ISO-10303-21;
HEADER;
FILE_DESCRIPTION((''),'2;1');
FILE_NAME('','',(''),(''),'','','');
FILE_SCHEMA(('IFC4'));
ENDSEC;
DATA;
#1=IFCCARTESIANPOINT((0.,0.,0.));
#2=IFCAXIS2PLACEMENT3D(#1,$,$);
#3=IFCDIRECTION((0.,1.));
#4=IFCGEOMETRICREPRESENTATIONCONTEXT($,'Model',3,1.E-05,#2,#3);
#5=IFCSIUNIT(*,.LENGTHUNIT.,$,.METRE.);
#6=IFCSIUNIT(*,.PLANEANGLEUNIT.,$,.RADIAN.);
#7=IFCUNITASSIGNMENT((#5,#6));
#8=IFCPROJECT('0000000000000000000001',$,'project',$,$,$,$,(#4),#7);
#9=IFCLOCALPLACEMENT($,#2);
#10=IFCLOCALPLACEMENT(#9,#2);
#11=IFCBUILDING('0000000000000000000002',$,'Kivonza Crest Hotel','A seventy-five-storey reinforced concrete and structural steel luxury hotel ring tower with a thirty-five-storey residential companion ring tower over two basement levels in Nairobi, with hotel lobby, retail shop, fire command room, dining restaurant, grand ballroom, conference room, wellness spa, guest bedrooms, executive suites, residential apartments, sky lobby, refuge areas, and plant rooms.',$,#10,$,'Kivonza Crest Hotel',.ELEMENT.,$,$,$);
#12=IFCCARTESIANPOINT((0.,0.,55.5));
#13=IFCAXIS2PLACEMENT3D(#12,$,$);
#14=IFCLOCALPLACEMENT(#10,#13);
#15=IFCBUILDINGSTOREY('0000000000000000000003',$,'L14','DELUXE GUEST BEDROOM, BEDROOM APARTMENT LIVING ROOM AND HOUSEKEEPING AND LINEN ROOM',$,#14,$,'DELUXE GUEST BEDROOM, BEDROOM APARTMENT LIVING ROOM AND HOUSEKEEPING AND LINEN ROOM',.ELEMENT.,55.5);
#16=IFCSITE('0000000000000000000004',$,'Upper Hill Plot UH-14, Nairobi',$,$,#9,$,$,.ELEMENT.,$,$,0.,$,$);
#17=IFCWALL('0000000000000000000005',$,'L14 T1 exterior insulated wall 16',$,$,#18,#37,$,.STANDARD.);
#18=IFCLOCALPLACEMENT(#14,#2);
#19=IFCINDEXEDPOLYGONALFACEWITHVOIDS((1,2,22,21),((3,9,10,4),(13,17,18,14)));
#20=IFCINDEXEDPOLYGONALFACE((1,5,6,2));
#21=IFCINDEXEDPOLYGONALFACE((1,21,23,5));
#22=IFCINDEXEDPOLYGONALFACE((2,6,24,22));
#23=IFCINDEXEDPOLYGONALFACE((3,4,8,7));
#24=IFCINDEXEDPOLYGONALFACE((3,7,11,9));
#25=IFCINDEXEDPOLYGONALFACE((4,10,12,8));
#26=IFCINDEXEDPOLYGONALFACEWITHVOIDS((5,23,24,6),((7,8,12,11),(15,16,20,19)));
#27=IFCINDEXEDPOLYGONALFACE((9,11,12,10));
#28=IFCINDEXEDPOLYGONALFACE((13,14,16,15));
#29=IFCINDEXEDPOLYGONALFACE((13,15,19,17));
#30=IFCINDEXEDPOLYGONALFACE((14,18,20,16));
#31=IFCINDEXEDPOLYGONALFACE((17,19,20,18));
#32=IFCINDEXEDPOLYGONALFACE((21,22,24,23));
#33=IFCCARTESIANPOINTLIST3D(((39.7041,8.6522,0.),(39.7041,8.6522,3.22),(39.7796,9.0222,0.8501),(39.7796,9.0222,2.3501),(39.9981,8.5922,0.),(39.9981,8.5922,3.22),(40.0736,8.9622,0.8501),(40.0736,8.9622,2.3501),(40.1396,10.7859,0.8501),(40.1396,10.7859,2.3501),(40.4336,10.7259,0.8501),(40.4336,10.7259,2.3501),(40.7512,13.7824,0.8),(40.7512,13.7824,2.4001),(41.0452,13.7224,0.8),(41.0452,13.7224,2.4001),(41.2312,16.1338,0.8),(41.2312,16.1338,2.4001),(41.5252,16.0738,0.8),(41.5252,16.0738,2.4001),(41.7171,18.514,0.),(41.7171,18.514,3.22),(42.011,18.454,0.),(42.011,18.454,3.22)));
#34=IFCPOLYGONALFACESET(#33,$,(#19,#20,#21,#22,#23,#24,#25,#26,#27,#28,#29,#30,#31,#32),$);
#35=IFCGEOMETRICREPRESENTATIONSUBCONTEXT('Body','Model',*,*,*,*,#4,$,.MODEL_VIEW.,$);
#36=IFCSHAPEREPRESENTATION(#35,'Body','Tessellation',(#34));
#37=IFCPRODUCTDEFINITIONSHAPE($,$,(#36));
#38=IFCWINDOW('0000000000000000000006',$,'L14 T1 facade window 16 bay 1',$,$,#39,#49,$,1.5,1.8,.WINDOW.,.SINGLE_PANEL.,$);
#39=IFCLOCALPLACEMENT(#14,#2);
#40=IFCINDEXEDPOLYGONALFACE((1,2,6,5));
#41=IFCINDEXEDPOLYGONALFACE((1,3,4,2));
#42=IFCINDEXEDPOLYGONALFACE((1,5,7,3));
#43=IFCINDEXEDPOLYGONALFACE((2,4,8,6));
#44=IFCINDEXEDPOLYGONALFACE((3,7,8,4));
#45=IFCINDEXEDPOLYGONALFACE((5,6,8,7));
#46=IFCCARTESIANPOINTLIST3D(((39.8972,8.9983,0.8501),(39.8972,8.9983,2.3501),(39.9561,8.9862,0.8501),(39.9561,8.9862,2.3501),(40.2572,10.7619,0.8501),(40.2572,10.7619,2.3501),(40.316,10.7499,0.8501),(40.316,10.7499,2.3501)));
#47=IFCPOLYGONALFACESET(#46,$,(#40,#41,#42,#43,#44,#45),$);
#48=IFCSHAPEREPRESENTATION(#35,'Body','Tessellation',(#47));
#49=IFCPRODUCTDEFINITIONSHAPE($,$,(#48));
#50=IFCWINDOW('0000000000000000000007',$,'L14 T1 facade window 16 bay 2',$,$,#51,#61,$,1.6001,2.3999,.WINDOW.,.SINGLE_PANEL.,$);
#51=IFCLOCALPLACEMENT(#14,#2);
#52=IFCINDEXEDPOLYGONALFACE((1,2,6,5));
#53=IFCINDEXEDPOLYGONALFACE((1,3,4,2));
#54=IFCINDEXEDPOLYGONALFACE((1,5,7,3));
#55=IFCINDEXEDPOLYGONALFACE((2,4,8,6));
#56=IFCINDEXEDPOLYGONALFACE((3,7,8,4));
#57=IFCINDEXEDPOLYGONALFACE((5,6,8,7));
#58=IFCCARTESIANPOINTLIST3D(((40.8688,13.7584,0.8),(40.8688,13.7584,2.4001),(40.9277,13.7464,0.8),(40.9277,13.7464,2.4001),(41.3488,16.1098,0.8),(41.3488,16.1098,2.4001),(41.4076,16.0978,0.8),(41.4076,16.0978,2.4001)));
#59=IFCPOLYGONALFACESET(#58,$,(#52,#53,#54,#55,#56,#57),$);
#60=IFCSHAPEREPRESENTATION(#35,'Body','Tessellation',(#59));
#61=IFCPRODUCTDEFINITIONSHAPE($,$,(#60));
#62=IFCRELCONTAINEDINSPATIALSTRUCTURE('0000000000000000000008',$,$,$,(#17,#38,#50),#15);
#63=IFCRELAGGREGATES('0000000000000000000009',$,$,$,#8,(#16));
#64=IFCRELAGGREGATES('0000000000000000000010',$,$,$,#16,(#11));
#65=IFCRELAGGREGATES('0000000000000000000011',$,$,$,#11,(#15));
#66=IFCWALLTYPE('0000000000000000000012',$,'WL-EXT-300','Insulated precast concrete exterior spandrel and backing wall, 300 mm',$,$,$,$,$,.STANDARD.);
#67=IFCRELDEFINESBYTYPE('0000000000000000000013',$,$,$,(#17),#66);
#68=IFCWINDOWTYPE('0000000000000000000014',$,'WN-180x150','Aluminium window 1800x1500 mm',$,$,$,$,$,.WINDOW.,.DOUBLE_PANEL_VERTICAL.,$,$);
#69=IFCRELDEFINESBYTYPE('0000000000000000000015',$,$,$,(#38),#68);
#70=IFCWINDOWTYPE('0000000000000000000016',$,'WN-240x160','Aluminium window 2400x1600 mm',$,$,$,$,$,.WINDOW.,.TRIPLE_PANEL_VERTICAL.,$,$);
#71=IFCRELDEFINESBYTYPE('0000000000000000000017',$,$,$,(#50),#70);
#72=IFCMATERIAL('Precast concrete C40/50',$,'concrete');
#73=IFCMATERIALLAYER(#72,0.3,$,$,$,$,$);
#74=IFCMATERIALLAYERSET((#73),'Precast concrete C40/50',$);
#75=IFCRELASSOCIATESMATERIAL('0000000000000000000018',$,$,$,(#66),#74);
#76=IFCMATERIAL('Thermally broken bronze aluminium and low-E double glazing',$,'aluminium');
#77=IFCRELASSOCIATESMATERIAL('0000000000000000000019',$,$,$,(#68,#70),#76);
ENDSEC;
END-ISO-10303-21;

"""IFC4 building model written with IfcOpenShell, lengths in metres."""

from ifc_helpers import new_model, si_unit, direction, frame, frame_2d, origin, place, context, subcontext, project, spatial, rectangle, extrude, material, layer, layer_set, type_object, element, fill, save


model = new_model("IFC4")

# Units and contexts
model_context = context("Model", 3, precision=1e-05, world=origin(), true_north=direction((0.0, 1.0)))
body_context = subcontext(model_context, "Body", "Model", "MODEL_VIEW")
ifc_project = project(units=[si_unit("LENGTHUNIT", "METRE"), si_unit("PLANEANGLEUNIT", "RADIAN")], contexts=[model_context])

# Site, building, storey
site_placement = place(None, origin())
site = spatial("IfcSite", under=ifc_project, at=site_placement, Name="Upper Hill Plot UH-14, Nairobi", CompositionType="ELEMENT", RefElevation=0.0)
building_placement = place(site_placement, origin())
building = spatial("IfcBuilding", under=site, at=building_placement, Name="Kivonza Crest Hotel", Description="A seventy-five-storey reinforced concrete and structural steel luxury hotel ring tower with a thirty-five-storey residential companion ring tower over two basement levels in Nairobi, with hotel lobby, retail shop, fire command room, dining restaurant, grand ballroom, conference room, wellness spa, guest bedrooms, executive suites, residential apartments, sky lobby, refuge areas, and plant rooms.", LongName="Kivonza Crest Hotel", CompositionType="ELEMENT")
storey_placement = place(building_placement, frame((0.0, 0.0, 55.5)))
storey = spatial("IfcBuildingStorey", under=building, at=storey_placement, Name="L14", Description="DELUXE GUEST BEDROOM, BEDROOM APARTMENT LIVING ROOM AND HOUSEKEEPING AND LINEN ROOM", LongName="DELUXE GUEST BEDROOM, BEDROOM APARTMENT LIVING ROOM AND HOUSEKEEPING AND LINEN ROOM", CompositionType="ELEMENT", Elevation=55.5)

# Shared definitions
ifc_material_1 = material(Name="Precast concrete C40/50", Category="concrete")
ifc_layer_1 = layer(ifc_material_1, 0.3)
ifc_layer_set_1 = layer_set([ifc_layer_1], Name="Precast concrete C40/50")
wall_type_1 = type_object("IfcWallType", Name="WL-EXT-300", Description="Insulated precast concrete exterior spandrel and backing wall, 300 mm", PredefinedType="STANDARD", material=ifc_layer_set_1)

# Wall, openings, windows
wall_1_placement = place(storey_placement, frame((39.8511, 8.6221, 0.0), z_axis=(0.0, 0.0, 1.0), x_axis=(0.199991, 0.979798, 0.0)))
wall_1 = element("IfcWall", 1, at=wall_1_placement, inside=storey, type_object=wall_type_1, Name="L14 T1 exterior insulated wall 16", PredefinedType="STANDARD", context=body_context, shape_type="SweptSolid", body=[
    extrude(rectangle(XDim=10.0652, YDim=0.3, at=frame_2d((5.0327, 0.0))), origin(), (0.0, 0.0, 1.0), 3.22),
])
opening_1_placement = place(wall_1_placement, frame((0.3779, 0.0, 0.8501)))
opening_1 = element("IfcOpeningElement", 2, at=opening_1_placement, cuts=wall_1, PredefinedType="OPENING", context=body_context, shape_type="SweptSolid", body=[
    extrude(rectangle(XDim=1.8, YDim=1.5, at=frame_2d((0.8999, 0.75))), frame((0.0, 0.1602, 0.0), z_axis=(0.0, -1.0, 0.0), x_axis=(1.0, 0.0, 0.0)), (0.0, 0.0, 1.0), 0.3201),
])
opening_2_placement = place(wall_1_placement, frame((5.2361, 0.0, 0.8)))
opening_2 = element("IfcOpeningElement", 3, at=opening_2_placement, cuts=wall_1, PredefinedType="OPENING", context=body_context, shape_type="SweptSolid", body=[
    extrude(rectangle(XDim=2.3999, YDim=1.6001, at=frame_2d((1.2, 0.8))), frame((0.0, 0.1602, 0.0), z_axis=(0.0, -1.0, 0.0), x_axis=(1.0, 0.0, 0.0)), (0.0, 0.0, 1.0), 0.3201),
])
ifc_material_2 = material(Name="Thermally broken bronze aluminium and low-E double glazing", Category="aluminium")
window_type_1 = type_object("IfcWindowType", Name="WN-180x150", Description="Aluminium window 1800x1500 mm", PartitioningType="DOUBLE_PANEL_VERTICAL", PredefinedType="WINDOW", material=ifc_material_2)
window_1_placement = place(opening_1_placement, origin())
window_1 = element("IfcWindow", 4, at=window_1_placement, inside=storey, type_object=window_type_1, Name="L14 T1 facade window 16 bay 1", OverallHeight=1.5, OverallWidth=1.8, PartitioningType="SINGLE_PANEL", PredefinedType="WINDOW", context=body_context, shape_type="SweptSolid", body=[
    extrude(rectangle(XDim=1.8, YDim=1.5, at=frame_2d((0.8999, 0.75))), frame((0.0, 0.03, 0.0), z_axis=(0.0, -1.0, 0.0), x_axis=(1.0, 0.0, 0.0)), (0.0, 0.0, 1.0), 0.0601),
])
fill(opening_1, window_1)
window_type_2 = type_object("IfcWindowType", Name="WN-240x160", Description="Aluminium window 2400x1600 mm", PartitioningType="TRIPLE_PANEL_VERTICAL", PredefinedType="WINDOW", material=ifc_material_2)
window_2_placement = place(opening_2_placement, origin())
window_2 = element("IfcWindow", 5, at=window_2_placement, inside=storey, type_object=window_type_2, Name="L14 T1 facade window 16 bay 2", OverallHeight=1.6001, OverallWidth=2.3999, PartitioningType="SINGLE_PANEL", PredefinedType="WINDOW", context=body_context, shape_type="SweptSolid", body=[
    extrude(rectangle(XDim=2.3999, YDim=1.6001, at=frame_2d((1.2, 0.8))), frame((0.0, 0.03, 0.0), z_axis=(0.0, -1.0, 0.0), x_axis=(1.0, 0.0, 0.0)), (0.0, 0.0, 1.0), 0.0601),
])
fill(opening_2, window_2)

save(model, "model.ifc")
